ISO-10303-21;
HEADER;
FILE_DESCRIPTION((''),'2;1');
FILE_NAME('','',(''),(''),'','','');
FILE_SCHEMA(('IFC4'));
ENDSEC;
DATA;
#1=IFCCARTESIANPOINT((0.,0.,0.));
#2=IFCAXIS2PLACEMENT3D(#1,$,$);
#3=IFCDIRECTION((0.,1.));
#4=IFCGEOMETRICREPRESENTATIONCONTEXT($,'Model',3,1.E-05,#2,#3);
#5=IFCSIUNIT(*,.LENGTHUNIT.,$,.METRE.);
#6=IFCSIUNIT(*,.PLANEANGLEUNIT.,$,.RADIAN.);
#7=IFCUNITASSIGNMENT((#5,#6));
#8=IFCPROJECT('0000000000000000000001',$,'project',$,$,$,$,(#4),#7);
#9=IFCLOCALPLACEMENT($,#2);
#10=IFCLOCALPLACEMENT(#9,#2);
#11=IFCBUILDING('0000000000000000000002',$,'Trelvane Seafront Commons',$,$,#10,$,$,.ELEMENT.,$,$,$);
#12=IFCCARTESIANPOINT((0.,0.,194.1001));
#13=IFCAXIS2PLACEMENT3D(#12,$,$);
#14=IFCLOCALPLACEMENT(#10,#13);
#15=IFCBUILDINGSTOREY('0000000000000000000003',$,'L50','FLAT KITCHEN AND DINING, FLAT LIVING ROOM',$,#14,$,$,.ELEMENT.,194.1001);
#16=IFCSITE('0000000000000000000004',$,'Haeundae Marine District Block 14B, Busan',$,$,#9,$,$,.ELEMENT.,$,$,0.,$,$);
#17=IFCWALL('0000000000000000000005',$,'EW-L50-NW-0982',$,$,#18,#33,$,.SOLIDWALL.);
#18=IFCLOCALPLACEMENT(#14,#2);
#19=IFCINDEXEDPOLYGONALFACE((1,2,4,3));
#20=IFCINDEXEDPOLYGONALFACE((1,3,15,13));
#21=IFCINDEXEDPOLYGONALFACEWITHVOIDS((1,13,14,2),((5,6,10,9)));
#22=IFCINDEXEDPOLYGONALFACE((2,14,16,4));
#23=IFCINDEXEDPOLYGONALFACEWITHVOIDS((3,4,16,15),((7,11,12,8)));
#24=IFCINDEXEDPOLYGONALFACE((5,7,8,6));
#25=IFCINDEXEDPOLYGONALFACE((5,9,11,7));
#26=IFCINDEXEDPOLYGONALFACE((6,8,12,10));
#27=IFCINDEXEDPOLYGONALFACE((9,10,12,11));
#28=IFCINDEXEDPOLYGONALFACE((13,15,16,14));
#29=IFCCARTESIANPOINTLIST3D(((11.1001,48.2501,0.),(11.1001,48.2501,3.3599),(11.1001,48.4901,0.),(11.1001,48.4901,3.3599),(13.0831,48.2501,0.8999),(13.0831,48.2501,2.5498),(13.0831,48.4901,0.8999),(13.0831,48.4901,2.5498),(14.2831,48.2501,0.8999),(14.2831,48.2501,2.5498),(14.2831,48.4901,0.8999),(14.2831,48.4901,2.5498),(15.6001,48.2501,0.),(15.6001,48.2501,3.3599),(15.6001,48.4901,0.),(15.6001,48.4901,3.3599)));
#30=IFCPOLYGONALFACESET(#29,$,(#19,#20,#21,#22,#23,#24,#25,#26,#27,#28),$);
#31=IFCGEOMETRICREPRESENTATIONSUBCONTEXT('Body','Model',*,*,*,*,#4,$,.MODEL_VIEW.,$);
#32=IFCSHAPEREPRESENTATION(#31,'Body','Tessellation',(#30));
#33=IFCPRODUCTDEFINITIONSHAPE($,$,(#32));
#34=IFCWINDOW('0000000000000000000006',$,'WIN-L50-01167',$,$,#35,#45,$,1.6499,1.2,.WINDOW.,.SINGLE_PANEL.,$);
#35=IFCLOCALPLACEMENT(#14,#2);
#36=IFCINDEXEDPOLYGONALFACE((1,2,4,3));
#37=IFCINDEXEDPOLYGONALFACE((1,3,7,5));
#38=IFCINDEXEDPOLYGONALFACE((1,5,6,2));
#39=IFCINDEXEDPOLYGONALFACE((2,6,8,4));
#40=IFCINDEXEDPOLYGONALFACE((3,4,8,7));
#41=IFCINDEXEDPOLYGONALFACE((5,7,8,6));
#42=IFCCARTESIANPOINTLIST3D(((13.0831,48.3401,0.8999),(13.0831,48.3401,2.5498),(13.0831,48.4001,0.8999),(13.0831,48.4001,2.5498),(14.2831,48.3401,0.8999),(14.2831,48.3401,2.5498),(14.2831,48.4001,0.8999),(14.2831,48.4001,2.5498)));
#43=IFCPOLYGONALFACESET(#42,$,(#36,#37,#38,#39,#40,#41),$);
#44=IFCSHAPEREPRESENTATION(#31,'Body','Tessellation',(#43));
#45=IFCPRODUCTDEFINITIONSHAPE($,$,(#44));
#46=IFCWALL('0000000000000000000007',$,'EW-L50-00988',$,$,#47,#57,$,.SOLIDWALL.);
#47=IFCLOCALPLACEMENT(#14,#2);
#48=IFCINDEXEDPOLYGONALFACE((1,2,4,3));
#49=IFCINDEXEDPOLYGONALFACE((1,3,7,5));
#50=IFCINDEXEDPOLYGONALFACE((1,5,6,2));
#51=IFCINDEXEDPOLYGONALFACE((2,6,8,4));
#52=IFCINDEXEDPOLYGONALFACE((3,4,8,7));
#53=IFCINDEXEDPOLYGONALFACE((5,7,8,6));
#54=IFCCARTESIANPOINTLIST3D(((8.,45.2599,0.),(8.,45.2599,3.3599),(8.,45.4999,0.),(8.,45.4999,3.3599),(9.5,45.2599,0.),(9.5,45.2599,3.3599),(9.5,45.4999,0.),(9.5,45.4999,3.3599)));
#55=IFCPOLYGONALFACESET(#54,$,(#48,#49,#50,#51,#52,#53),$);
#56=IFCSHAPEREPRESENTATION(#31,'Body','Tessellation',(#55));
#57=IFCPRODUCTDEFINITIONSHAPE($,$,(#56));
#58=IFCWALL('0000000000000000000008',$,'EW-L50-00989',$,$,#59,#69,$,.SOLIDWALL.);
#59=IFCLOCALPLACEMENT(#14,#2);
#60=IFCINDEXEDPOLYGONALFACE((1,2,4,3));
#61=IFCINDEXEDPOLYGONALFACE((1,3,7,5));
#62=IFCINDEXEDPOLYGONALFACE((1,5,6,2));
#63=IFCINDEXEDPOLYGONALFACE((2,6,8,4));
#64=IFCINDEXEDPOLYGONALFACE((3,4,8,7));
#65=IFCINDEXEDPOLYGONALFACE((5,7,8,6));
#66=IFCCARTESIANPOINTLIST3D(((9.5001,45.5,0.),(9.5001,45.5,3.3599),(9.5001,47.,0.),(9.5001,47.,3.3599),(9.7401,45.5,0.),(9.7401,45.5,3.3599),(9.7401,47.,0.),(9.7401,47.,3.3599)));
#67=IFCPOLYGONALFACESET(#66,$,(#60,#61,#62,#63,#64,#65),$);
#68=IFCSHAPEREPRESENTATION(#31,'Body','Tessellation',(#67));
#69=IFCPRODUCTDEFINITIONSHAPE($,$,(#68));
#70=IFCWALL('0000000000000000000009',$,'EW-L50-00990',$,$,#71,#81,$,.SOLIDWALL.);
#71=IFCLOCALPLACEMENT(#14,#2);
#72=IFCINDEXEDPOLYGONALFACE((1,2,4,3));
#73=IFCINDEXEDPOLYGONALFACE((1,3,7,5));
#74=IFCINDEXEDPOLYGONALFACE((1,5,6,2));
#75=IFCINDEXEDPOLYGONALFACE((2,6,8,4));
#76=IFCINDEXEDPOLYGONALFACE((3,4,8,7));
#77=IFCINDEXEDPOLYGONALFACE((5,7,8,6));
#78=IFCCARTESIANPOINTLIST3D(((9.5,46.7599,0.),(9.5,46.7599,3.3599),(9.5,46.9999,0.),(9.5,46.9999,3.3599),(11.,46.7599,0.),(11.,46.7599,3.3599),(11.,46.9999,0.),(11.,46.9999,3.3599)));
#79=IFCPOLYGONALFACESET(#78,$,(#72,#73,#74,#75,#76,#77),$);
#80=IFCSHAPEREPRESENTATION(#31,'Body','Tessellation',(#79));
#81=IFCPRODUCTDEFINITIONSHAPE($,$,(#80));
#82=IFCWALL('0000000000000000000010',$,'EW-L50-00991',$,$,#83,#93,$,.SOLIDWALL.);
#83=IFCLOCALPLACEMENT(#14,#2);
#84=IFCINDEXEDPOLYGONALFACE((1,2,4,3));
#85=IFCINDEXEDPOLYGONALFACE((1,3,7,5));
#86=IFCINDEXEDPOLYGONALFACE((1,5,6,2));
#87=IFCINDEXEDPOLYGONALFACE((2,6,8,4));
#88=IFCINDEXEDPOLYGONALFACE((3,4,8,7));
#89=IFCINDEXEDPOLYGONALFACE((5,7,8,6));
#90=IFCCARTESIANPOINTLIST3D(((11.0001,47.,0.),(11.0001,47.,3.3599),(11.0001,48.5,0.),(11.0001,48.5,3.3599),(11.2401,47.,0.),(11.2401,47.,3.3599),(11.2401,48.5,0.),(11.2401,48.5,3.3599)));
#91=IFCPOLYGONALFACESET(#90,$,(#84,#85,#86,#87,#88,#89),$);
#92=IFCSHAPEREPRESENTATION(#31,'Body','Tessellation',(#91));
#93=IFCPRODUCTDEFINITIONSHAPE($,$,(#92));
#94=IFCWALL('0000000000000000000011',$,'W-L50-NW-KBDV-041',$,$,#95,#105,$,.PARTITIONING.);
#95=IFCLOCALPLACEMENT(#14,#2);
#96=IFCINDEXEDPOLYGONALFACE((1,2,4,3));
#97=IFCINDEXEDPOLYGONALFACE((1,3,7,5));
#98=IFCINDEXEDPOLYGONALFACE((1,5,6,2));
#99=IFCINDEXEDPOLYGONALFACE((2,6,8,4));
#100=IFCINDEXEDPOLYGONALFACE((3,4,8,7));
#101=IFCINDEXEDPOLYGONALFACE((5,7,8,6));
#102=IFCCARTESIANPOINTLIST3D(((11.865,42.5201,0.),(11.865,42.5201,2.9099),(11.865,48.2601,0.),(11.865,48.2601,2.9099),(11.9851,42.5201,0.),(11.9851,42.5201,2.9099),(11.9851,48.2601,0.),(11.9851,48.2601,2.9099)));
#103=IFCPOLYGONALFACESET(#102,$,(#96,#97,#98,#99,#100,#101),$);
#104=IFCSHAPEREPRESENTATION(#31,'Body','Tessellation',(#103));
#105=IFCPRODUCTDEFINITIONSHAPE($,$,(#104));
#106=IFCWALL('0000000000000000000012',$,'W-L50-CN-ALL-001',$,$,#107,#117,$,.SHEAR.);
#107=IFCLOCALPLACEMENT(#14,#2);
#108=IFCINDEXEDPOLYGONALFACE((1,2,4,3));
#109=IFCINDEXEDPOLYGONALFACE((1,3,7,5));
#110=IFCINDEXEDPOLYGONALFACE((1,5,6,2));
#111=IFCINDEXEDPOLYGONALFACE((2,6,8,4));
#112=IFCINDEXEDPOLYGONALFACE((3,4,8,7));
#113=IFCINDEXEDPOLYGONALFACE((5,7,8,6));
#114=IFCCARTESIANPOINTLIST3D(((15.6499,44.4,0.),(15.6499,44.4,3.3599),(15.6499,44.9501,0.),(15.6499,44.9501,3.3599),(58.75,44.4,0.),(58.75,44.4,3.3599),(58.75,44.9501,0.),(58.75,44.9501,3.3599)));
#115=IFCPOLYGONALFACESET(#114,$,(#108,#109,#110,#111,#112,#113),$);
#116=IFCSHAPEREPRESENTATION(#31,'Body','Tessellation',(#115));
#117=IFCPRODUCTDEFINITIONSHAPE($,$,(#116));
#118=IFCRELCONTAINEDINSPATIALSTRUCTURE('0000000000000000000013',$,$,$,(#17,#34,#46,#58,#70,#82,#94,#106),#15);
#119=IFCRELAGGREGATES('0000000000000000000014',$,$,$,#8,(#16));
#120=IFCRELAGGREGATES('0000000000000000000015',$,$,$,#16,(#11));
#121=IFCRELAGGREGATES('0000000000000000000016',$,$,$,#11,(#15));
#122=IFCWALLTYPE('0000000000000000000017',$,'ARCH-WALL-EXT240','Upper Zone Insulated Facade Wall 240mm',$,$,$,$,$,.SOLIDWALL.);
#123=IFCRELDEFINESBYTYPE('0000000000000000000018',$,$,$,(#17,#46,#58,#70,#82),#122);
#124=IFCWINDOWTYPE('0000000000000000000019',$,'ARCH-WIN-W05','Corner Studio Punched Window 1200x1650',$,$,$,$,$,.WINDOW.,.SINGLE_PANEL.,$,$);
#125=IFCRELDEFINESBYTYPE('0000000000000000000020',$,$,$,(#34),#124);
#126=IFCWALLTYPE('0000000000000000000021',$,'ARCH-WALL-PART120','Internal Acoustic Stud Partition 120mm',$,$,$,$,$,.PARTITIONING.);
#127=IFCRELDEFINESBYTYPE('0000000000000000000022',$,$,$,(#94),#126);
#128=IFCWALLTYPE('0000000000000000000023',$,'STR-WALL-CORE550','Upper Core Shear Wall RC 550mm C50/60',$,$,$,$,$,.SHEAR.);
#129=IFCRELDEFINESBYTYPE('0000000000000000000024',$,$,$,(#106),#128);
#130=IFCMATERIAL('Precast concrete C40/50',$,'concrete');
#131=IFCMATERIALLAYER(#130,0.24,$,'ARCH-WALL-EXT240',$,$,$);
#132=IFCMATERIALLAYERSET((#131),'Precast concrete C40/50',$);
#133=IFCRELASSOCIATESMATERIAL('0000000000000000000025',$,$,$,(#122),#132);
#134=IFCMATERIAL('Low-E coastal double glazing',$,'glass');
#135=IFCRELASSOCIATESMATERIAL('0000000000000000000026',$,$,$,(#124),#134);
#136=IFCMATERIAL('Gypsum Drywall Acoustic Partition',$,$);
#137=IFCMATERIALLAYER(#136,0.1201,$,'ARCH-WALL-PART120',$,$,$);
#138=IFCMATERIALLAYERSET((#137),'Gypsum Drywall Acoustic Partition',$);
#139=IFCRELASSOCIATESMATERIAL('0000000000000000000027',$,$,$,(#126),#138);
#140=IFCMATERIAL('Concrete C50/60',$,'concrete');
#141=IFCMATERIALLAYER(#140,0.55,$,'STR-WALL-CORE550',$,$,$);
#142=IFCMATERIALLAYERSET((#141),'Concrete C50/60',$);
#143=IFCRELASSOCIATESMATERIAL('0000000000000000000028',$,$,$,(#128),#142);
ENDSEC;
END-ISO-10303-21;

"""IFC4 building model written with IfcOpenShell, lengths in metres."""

from ifc_helpers import new_model, si_unit, direction, frame, frame_2d, origin, place, context, subcontext, project, spatial, rectangle, extrude, source, transform, mapped, material, layer, layer_set, type_object, element, fill, save


model = new_model("IFC4")

# Units and contexts
model_context = context("Model", 3, precision=1e-05, world=origin(), true_north=direction((0.0, 1.0)))
body_context = subcontext(model_context, "Body", "Model", "MODEL_VIEW")
ifc_project = project(units=[si_unit("LENGTHUNIT", "METRE"), si_unit("PLANEANGLEUNIT", "RADIAN")], contexts=[model_context])

# Site, building, storey
site_placement = place(None, origin())
site = spatial("IfcSite", under=ifc_project, at=site_placement, Name="Haeundae Marine District Block 14B, Busan", CompositionType="ELEMENT", RefElevation=0.0)
building_placement = place(site_placement, origin())
building = spatial("IfcBuilding", under=site, at=building_placement, Name="Trelvane Seafront Commons", CompositionType="ELEMENT")
storey_placement = place(building_placement, frame((0.0, 0.0, 194.1001)))
storey = spatial("IfcBuildingStorey", under=building, at=storey_placement, Name="L50", Description="FLAT KITCHEN AND DINING, FLAT LIVING ROOM", CompositionType="ELEMENT", Elevation=194.1001)

# Shared definitions
ifc_material_1 = material(Name="Concrete C50/60", Category="concrete")

# Shared definitions
ifc_material_2 = material(Name="Low-E coastal double glazing", Category="glass")

# Wall, opening, window
ifc_material_3 = material(Name="Precast concrete C40/50", Category="concrete")
ifc_layer_1 = layer(ifc_material_3, 0.24, Name="ARCH-WALL-EXT240")
ifc_layer_set_1 = layer_set([ifc_layer_1], Name="Precast concrete C40/50")
wall_type_1 = type_object("IfcWallType", Name="ARCH-WALL-EXT240", Description="Upper Zone Insulated Facade Wall 240mm", PredefinedType="SOLIDWALL", material=ifc_layer_set_1)
wall_1_placement = place(storey_placement, frame((11.1001, 48.3701, 0.0), z_axis=(0.0, 0.0, 1.0), x_axis=(1.0, 0.0, 0.0)))
wall_1 = element("IfcWall", 1, at=wall_1_placement, inside=storey, type_object=wall_type_1, Name="EW-L50-NW-0982", PredefinedType="SOLIDWALL", context=body_context, shape_type="SweptSolid", body=[
    extrude(rectangle(XDim=4.5, YDim=0.24, at=frame_2d((2.25, 0.0))), origin(), (0.0, 0.0, 1.0), 3.3599),
])
opening_1_placement = place(wall_1_placement, frame((1.9829, 0.0, 0.8999)))
opening_1 = element("IfcOpeningElement", 2, at=opening_1_placement, cuts=wall_1, PredefinedType="OPENING", context=body_context, shape_type="SweptSolid", body=[
    extrude(rectangle(XDim=1.2, YDim=1.6499, at=frame_2d((0.6001, 0.825))), frame((0.0, 0.1299, 0.0), z_axis=(0.0, -1.0, 0.0), x_axis=(1.0, 0.0, 0.0)), (0.0, 0.0, 1.0), 0.26),
])
window_type = type_object("IfcWindowType", Name="ARCH-WIN-W05", Description="Corner Studio Punched Window 1200x1650", PartitioningType="SINGLE_PANEL", PredefinedType="WINDOW", material=ifc_material_2)
shared_shape_1 = source(origin(), body_context, "Body", "SweptSolid", [
    extrude(rectangle(XDim=1.2, YDim=1.6499, at=frame_2d((0.6001, 0.825))), frame((0.0, 0.03, 0.0), z_axis=(0.0, -1.0, 0.0), x_axis=(1.0, 0.0, 0.0)), (0.0, 0.0, 1.0), 0.0601),
])
window_placement = place(opening_1_placement, origin())
window = element("IfcWindow", 3, at=window_placement, inside=storey, type_object=window_type, Name="WIN-L50-01167", OverallHeight=1.6499, OverallWidth=1.2, PartitioningType="SINGLE_PANEL", PredefinedType="WINDOW", context=body_context, shape_type="MappedRepresentation", body=[
    mapped(shared_shape_1, transform((0.0, 0.0, 0.0), x_axis=(1.0, 0.0, 0.0), y_axis=(0.0, 1.0, 0.0), z_axis=(0.0, 0.0, 1.0), scale=1.0)),
])
fill(opening_1, window)

# Walls
for number, where, z_axis, x_axis, name in (
    (4, (8.0, 45.3799, 0.0), (0.0, 0.0, 1.0), (1.0, 0.0, 0.0), "EW-L50-00988"),
    (5, (9.6201, 45.5, 0.0), (0.0, 0.0, 1.0), (0.0, 1.0, 0.0), "EW-L50-00989"),
    (6, (9.5, 46.8799, 0.0), (0.0, 0.0, 1.0), (1.0, 0.0, 0.0), "EW-L50-00990"),
    (7, (11.1201, 47.0, 0.0), (0.0, 0.0, 1.0), (0.0, 1.0, 0.0), "EW-L50-00991"),
):
    element("IfcWall", number, at=place(storey_placement, frame(where, z_axis=z_axis, x_axis=x_axis)), inside=storey, type_object=wall_type_1, Name=name, PredefinedType="SOLIDWALL", context=body_context, shape_type="SweptSolid", body=[
        extrude(rectangle(XDim=1.5, YDim=0.24, at=frame_2d((0.75, 0.0))), origin(), (0.0, 0.0, 1.0), 3.3599),
    ])
ifc_material_4 = material(Name="Gypsum Drywall Acoustic Partition")
ifc_layer_2 = layer(ifc_material_4, 0.1201, Name="ARCH-WALL-PART120")
ifc_layer_set_2 = layer_set([ifc_layer_2], Name="Gypsum Drywall Acoustic Partition")
wall_type_2 = type_object("IfcWallType", Name="ARCH-WALL-PART120", Description="Internal Acoustic Stud Partition 120mm", PredefinedType="PARTITIONING", material=ifc_layer_set_2)
wall_2_placement = place(storey_placement, frame((11.925, 42.52, 0.0), z_axis=(0.0, 0.0, 1.0), x_axis=(0.0, 1.0, 0.0)))
element("IfcWall", 8, at=wall_2_placement, inside=storey, type_object=wall_type_2, Name="W-L50-NW-KBDV-041", PredefinedType="PARTITIONING", context=body_context, shape_type="SweptSolid", body=[
    extrude(rectangle(XDim=5.74, YDim=0.1201, at=frame_2d((2.8701, 0.0))), origin(), (0.0, 0.0, 1.0), 2.9099),
])

# Wall
ifc_layer_3 = layer(ifc_material_1, 0.55, Name="STR-WALL-CORE550")
ifc_layer_set_3 = layer_set([ifc_layer_3], Name="Concrete C50/60")
wall_type_3 = type_object("IfcWallType", Name="STR-WALL-CORE550", Description="Upper Core Shear Wall RC 550mm C50/60", PredefinedType="SHEAR", material=ifc_layer_set_3)
wall_3_placement = place(storey_placement, frame((15.6499, 44.675, 0.0), z_axis=(0.0, 0.0, 1.0), x_axis=(1.0, 0.0, 0.0)))
element("IfcWall", 9, at=wall_3_placement, inside=storey, type_object=wall_type_3, Name="W-L50-CN-ALL-001", PredefinedType="SHEAR", context=body_context, shape_type="SweptSolid", body=[
    extrude(rectangle(XDim=43.1001, YDim=0.55, at=frame_2d((21.55, 0.0))), origin(), (0.0, 0.0, 1.0), 3.3599),
])

save(model, "model.ifc")
